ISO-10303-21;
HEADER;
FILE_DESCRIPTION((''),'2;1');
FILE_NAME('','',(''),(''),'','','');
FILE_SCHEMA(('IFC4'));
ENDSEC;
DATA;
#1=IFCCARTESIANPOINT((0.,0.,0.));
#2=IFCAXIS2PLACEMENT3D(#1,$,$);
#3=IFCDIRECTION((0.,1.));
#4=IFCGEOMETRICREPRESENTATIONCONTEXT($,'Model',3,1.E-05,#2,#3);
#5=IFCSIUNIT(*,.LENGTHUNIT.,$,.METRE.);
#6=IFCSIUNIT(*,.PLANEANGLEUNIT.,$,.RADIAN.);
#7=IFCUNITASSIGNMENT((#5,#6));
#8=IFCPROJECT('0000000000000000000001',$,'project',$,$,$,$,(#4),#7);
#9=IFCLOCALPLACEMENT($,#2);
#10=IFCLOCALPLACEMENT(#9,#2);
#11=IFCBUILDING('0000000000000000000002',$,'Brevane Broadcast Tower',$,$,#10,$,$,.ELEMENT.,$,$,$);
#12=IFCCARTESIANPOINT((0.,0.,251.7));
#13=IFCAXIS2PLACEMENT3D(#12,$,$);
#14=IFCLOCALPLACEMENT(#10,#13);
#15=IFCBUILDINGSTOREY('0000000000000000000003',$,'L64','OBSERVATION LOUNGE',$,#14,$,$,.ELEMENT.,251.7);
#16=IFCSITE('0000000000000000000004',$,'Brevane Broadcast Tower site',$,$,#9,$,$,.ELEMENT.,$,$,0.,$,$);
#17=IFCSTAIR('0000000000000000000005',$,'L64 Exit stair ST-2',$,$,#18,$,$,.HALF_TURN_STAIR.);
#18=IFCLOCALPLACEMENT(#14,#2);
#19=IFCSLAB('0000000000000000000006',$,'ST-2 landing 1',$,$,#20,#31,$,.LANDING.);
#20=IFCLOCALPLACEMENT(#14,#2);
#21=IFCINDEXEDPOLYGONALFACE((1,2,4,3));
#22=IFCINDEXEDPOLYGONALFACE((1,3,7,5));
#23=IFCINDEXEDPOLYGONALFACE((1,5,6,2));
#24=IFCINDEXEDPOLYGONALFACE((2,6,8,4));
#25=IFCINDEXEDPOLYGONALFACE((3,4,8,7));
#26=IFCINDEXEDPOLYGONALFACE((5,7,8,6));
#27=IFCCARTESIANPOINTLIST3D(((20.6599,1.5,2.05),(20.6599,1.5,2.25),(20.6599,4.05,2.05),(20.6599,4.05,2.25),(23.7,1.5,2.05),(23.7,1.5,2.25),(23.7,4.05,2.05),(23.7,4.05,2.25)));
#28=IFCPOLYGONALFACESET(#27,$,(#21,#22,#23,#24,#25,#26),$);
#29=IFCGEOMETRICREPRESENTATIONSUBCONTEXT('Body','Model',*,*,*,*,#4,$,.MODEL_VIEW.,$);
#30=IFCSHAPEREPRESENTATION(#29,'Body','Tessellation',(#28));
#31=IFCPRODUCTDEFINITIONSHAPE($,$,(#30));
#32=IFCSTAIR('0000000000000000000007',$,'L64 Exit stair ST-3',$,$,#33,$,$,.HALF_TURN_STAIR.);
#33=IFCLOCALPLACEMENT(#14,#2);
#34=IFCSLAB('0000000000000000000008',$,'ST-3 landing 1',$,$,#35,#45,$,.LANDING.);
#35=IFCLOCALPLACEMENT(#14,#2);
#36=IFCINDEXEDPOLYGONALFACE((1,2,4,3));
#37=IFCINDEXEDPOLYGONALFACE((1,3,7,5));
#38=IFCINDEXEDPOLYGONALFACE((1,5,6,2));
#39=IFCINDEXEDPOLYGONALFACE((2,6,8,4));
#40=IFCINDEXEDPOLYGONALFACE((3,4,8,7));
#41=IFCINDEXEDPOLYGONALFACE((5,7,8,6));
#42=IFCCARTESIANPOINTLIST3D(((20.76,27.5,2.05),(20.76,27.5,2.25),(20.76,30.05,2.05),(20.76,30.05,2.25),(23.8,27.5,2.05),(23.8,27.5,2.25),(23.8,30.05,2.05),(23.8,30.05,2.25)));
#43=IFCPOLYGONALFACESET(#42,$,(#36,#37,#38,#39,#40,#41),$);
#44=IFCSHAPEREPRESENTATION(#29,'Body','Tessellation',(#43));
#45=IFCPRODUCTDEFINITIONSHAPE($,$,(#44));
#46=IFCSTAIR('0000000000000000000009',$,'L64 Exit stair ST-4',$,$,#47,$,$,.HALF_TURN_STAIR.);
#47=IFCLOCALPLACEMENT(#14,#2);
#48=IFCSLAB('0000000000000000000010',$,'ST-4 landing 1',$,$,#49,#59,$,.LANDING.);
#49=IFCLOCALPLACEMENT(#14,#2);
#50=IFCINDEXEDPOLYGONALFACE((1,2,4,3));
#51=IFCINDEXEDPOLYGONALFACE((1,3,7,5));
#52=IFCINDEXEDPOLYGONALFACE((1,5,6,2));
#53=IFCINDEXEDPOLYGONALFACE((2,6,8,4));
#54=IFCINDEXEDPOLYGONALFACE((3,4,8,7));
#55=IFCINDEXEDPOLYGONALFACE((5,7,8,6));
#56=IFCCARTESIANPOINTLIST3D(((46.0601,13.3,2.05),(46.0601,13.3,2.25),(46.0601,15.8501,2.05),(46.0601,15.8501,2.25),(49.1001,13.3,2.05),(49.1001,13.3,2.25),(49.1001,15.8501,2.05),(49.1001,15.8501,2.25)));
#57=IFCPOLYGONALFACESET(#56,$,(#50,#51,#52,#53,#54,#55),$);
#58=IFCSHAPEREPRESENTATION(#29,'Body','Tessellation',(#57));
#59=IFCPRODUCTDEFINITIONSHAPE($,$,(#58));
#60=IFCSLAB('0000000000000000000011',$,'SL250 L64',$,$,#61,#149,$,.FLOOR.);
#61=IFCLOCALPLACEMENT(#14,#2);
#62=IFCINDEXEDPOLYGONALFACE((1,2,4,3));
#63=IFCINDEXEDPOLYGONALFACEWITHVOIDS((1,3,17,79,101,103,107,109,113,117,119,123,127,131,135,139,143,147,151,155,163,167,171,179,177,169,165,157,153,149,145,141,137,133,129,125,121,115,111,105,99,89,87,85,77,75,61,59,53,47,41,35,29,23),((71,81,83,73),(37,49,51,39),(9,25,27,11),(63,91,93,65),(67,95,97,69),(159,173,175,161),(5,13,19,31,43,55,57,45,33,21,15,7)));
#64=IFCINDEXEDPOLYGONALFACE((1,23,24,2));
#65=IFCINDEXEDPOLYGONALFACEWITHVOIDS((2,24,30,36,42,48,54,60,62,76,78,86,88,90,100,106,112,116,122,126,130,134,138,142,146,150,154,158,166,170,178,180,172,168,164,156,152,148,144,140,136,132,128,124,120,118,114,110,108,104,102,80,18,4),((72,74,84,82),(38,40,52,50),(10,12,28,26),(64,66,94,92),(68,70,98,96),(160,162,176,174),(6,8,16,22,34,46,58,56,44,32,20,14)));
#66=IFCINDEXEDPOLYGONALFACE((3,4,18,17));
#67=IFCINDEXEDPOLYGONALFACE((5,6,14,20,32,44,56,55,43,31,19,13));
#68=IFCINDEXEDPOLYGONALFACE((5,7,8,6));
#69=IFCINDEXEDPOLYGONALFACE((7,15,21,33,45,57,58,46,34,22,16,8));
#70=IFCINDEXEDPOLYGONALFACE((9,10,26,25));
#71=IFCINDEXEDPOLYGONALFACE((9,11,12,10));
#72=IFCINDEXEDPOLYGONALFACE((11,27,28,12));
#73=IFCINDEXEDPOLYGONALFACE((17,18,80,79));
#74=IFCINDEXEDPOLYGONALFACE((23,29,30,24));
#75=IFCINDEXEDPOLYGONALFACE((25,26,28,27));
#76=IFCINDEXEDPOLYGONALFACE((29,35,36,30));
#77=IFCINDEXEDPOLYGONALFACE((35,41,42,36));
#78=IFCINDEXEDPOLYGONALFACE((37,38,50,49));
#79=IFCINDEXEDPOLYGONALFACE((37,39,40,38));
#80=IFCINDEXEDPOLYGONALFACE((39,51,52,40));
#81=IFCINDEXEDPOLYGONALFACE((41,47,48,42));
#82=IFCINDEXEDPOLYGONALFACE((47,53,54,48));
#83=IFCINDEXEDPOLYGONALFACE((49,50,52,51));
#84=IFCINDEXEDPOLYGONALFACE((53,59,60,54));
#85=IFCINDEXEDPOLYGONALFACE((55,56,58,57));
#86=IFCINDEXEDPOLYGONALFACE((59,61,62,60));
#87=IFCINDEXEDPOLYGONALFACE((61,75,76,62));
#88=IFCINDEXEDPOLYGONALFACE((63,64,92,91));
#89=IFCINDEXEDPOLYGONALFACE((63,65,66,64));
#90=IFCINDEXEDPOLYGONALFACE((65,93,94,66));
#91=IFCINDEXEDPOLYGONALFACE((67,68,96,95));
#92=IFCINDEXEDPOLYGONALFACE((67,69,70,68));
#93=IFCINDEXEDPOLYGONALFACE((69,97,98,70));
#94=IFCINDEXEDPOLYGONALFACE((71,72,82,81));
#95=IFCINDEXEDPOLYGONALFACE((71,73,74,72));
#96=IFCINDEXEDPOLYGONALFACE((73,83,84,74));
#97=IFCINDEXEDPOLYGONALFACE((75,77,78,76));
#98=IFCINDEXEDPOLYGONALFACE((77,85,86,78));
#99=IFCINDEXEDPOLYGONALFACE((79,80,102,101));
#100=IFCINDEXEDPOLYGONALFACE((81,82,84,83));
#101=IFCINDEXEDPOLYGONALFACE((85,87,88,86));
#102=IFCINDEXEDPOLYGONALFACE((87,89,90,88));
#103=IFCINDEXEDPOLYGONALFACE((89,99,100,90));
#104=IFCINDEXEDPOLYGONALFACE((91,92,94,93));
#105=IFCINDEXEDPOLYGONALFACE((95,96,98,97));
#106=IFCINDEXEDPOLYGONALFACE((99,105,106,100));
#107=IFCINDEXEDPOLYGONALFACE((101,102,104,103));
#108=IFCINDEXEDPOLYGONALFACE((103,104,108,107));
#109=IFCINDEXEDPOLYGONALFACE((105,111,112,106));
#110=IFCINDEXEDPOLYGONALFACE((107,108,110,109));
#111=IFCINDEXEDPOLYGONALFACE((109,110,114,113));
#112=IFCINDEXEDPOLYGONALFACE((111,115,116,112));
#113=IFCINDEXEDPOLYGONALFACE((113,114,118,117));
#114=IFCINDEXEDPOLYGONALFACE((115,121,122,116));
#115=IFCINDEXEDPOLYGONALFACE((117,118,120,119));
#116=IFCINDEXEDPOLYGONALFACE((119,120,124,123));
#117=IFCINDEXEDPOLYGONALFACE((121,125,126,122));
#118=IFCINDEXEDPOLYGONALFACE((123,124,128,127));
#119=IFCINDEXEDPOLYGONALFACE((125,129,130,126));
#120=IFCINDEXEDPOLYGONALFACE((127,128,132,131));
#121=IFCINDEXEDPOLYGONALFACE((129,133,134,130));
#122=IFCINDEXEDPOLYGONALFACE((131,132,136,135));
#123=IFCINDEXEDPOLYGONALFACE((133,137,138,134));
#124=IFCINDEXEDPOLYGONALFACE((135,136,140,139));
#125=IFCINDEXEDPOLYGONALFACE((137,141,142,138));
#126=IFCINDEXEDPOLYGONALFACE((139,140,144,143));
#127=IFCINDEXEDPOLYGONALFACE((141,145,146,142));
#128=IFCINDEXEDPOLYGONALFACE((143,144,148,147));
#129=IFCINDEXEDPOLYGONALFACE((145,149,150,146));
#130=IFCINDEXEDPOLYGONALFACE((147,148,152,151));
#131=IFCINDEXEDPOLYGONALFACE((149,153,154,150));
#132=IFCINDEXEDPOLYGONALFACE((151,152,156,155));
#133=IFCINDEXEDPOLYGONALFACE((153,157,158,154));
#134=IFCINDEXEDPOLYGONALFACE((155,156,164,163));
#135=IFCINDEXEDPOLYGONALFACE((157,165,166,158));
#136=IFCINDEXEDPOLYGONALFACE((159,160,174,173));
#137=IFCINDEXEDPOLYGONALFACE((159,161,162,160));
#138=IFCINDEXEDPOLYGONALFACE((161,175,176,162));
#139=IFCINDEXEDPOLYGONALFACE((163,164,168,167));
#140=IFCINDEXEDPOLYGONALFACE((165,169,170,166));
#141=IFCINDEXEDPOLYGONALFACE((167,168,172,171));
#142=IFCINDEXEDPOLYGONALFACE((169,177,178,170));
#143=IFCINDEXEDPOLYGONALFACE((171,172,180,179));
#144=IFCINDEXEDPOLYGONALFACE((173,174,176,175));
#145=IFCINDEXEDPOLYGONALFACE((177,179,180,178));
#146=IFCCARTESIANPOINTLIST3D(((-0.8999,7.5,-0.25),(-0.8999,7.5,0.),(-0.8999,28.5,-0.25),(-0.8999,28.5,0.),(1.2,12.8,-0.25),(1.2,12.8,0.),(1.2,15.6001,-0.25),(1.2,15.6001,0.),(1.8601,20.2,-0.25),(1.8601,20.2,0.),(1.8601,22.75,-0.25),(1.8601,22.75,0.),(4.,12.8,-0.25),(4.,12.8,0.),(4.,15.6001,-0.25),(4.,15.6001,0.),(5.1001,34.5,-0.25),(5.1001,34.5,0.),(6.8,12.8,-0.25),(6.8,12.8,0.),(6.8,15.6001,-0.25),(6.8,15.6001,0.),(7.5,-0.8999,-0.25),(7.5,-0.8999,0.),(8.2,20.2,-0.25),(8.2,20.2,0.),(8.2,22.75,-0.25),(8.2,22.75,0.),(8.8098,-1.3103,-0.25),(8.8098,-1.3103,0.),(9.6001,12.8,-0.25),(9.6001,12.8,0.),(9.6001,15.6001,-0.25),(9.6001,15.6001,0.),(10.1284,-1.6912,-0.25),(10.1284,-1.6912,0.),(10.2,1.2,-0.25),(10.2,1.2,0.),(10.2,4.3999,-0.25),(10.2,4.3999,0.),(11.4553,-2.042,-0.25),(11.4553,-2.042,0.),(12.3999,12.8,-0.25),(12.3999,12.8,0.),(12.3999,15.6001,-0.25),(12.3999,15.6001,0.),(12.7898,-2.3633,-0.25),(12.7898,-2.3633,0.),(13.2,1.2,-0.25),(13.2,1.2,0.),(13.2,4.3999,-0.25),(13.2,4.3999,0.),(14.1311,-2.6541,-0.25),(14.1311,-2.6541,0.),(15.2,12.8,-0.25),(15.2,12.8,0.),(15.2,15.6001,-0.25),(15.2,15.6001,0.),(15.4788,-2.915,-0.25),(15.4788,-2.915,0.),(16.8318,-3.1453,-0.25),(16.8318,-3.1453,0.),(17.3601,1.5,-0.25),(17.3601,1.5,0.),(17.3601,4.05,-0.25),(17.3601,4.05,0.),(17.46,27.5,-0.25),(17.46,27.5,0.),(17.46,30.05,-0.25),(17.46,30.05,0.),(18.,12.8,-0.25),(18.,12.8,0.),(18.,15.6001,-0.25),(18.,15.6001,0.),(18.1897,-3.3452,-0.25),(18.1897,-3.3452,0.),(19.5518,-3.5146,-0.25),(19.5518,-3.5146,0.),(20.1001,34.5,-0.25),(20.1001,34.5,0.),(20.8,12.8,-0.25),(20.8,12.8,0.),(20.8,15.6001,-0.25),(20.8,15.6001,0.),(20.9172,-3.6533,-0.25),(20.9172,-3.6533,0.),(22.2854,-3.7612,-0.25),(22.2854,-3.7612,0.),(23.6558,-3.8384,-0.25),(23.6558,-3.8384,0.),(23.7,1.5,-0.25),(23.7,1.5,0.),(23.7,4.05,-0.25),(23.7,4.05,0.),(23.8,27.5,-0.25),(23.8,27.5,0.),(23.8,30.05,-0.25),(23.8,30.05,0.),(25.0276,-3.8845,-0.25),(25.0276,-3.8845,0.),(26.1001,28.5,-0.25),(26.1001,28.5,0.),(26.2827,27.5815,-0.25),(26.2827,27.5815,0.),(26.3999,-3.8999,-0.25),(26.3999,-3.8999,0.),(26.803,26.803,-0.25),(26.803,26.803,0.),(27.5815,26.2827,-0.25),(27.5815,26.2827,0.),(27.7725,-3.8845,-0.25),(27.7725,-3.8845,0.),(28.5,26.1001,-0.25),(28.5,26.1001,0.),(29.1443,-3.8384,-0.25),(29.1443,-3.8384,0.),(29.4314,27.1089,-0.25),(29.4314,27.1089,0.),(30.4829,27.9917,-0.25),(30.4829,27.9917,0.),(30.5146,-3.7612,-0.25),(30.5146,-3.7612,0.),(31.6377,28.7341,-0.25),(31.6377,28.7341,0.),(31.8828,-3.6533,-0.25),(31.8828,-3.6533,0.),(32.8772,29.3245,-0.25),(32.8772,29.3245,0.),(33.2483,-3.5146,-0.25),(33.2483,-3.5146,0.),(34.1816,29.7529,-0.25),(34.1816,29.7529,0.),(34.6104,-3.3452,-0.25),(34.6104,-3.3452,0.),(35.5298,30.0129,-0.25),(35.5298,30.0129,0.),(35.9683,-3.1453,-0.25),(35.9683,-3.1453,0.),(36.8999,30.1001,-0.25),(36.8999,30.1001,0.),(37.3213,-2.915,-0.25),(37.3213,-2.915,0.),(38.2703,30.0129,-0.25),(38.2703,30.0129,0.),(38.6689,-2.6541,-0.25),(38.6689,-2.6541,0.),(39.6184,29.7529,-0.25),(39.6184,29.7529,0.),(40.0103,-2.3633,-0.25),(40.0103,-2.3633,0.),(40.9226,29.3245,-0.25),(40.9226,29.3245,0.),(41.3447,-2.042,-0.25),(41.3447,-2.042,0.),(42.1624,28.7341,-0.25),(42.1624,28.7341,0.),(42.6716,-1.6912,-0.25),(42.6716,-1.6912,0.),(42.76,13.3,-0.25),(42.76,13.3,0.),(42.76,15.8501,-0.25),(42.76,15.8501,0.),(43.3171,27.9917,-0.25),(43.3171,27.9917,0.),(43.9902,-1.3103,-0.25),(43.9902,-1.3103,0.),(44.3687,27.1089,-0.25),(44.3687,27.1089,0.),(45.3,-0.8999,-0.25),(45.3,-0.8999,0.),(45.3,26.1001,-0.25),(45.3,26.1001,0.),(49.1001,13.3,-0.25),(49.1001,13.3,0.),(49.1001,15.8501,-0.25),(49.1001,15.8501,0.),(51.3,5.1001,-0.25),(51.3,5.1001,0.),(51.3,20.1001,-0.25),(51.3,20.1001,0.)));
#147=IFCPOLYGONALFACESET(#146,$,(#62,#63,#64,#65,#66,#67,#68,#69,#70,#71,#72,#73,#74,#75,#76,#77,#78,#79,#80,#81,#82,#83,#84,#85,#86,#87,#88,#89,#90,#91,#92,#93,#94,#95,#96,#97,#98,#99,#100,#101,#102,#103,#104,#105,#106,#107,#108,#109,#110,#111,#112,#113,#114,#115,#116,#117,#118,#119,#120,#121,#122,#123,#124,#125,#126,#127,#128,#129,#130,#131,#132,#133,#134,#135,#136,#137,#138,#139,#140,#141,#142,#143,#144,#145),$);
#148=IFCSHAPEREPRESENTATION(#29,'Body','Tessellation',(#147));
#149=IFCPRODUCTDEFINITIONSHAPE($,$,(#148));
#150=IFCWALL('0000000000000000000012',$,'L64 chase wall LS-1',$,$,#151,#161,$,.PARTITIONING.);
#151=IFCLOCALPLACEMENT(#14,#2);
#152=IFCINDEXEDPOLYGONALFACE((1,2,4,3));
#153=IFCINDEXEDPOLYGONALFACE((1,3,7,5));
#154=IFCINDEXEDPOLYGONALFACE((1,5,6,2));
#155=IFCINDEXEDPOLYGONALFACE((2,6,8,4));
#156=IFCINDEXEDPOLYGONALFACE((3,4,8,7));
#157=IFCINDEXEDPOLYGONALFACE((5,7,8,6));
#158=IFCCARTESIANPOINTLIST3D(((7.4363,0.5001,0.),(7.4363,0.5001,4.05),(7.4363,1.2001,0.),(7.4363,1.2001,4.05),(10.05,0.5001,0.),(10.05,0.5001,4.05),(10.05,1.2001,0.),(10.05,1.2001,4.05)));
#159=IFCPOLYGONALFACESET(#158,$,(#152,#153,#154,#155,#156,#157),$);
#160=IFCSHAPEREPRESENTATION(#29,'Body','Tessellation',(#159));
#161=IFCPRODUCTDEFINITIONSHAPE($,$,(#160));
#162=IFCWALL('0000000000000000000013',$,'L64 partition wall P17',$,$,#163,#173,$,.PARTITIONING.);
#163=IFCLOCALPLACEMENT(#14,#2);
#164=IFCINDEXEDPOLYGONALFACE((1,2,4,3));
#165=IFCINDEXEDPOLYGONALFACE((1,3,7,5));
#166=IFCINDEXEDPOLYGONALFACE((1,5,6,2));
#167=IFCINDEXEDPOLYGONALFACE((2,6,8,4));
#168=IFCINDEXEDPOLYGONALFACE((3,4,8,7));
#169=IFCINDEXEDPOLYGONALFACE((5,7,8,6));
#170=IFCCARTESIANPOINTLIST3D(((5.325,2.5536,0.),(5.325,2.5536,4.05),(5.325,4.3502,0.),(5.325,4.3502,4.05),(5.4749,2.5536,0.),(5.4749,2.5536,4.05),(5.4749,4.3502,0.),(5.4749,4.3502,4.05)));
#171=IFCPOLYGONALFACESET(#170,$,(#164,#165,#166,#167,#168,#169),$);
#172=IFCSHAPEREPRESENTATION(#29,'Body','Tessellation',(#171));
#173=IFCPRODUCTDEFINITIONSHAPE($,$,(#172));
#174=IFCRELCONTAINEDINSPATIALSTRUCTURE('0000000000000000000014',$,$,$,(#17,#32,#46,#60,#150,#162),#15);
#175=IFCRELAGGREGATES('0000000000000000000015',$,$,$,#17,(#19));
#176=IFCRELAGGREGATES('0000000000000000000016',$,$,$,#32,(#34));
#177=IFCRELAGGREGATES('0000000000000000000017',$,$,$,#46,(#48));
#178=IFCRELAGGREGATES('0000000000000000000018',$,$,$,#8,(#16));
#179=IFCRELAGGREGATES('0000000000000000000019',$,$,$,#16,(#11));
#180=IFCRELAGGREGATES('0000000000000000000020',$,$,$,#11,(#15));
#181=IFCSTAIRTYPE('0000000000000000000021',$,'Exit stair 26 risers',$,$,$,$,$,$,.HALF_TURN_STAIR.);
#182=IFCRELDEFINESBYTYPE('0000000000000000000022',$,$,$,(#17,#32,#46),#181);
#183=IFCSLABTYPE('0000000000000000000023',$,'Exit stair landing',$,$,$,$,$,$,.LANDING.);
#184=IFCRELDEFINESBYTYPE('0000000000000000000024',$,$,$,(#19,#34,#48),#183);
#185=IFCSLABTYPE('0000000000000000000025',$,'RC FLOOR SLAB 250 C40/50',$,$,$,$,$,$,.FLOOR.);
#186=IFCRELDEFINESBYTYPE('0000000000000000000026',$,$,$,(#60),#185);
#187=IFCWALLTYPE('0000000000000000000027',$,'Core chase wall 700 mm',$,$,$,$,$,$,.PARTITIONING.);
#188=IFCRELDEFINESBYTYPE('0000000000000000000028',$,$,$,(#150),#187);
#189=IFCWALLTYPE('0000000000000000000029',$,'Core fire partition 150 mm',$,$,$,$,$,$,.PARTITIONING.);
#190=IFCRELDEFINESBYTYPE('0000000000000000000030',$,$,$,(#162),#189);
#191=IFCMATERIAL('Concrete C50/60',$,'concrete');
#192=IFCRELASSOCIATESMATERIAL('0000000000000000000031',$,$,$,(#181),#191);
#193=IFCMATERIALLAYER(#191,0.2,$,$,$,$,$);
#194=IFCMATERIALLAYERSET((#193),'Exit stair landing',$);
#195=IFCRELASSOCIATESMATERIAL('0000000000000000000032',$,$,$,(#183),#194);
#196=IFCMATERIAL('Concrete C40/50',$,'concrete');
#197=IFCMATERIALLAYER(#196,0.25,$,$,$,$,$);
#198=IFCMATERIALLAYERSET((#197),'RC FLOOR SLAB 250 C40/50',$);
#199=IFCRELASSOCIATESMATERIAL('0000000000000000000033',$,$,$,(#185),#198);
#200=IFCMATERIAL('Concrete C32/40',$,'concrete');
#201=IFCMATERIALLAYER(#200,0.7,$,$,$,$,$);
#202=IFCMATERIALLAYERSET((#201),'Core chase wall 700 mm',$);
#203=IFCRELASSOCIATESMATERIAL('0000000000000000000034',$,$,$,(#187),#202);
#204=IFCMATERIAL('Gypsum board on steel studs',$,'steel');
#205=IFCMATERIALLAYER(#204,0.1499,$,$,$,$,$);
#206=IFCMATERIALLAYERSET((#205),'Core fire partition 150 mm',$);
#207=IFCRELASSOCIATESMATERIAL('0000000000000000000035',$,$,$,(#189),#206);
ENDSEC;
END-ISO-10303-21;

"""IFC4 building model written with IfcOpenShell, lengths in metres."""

from ifc_helpers import new_model, si_unit, direction, frame, frame_2d, origin, place, context, subcontext, project, spatial, polyline, rectangle, outline, extrude, material, layer, layer_set, type_object, element, aggregate, save


model = new_model("IFC4")

# Units and contexts
model_context = context("Model", 3, precision=1e-05, world=origin(), true_north=direction((0.0, 1.0)))
body_context = subcontext(model_context, "Body", "Model", "MODEL_VIEW")
ifc_project = project(units=[si_unit("LENGTHUNIT", "METRE"), si_unit("PLANEANGLEUNIT", "RADIAN")], contexts=[model_context])

# Site, building, storey
site_placement = place(None, origin())
site = spatial("IfcSite", under=ifc_project, at=site_placement, Name="Brevane Broadcast Tower site", CompositionType="ELEMENT", RefElevation=0.0)
building_placement = place(site_placement, origin())
building = spatial("IfcBuilding", under=site, at=building_placement, Name="Brevane Broadcast Tower", CompositionType="ELEMENT")
storey_placement = place(building_placement, frame((0.0, 0.0, 251.7)))
storey = spatial("IfcBuildingStorey", under=building, at=storey_placement, Name="L64", Description="OBSERVATION LOUNGE", CompositionType="ELEMENT", Elevation=251.7)

# Stairs, slabs
ifc_material_1 = material(Name="Concrete C50/60", Category="concrete")
stair_type = type_object("IfcStairType", Name="Exit stair 26 risers", PredefinedType="HALF_TURN_STAIR", material=ifc_material_1)
ifc_layer_1 = layer(ifc_material_1, 0.2)
ifc_layer_set_1 = layer_set([ifc_layer_1], Name="Exit stair landing")
slab_type_1 = type_object("IfcSlabType", Name="Exit stair landing", PredefinedType="LANDING", material=ifc_layer_set_1)
stair_1_placement = place(storey_placement, origin())
stair_1 = element("IfcStair", 1, at=stair_1_placement, inside=storey, type_object=stair_type, Name="L64 Exit stair ST-2", PredefinedType="HALF_TURN_STAIR")
slab_1_placement = place(storey_placement, frame((0.0, 0.0, 2.05)))
slab_1 = element("IfcSlab", 2, at=slab_1_placement, type_object=slab_type_1, Name="ST-2 landing 1", PredefinedType="LANDING", context=body_context, shape_type="SweptSolid", body=[
    extrude(outline(polyline([(20.6599, 1.5), (23.7, 1.5), (23.7, 4.05), (20.6599, 4.05), (20.6599, 1.5)])), origin(), (0.0, 0.0, 1.0), 0.2),
])
aggregate(stair_1, [slab_1])
stair_2_placement = place(storey_placement, origin())
stair_2 = element("IfcStair", 3, at=stair_2_placement, inside=storey, type_object=stair_type, Name="L64 Exit stair ST-3", PredefinedType="HALF_TURN_STAIR")
slab_2_placement = place(storey_placement, frame((0.0, 0.0, 2.05)))
slab_2 = element("IfcSlab", 4, at=slab_2_placement, type_object=slab_type_1, Name="ST-3 landing 1", PredefinedType="LANDING", context=body_context, shape_type="SweptSolid", body=[
    extrude(outline(polyline([(20.76, 27.5), (23.8, 27.5), (23.8, 30.05), (20.76, 30.05), (20.76, 27.5)])), origin(), (0.0, 0.0, 1.0), 0.2),
])
aggregate(stair_2, [slab_2])
stair_3_placement = place(storey_placement, origin())
stair_3 = element("IfcStair", 5, at=stair_3_placement, inside=storey, type_object=stair_type, Name="L64 Exit stair ST-4", PredefinedType="HALF_TURN_STAIR")
slab_3_placement = place(storey_placement, frame((0.0, 0.0, 2.05)))
slab_3 = element("IfcSlab", 6, at=slab_3_placement, type_object=slab_type_1, Name="ST-4 landing 1", PredefinedType="LANDING", context=body_context, shape_type="SweptSolid", body=[
    extrude(outline(polyline([(46.0601, 13.3), (49.1001, 13.3), (49.1001, 15.8501), (46.0601, 15.8501), (46.0601, 13.3)])), origin(), (0.0, 0.0, 1.0), 0.2),
])
aggregate(stair_3, [slab_3])

# Slab
ifc_material_2 = material(Name="Concrete C40/50", Category="concrete")
ifc_layer_2 = layer(ifc_material_2, 0.25)
ifc_layer_set_2 = layer_set([ifc_layer_2], Name="RC FLOOR SLAB 250 C40/50")
slab_type_2 = type_object("IfcSlabType", Name="RC FLOOR SLAB 250 C40/50", PredefinedType="FLOOR", material=ifc_layer_set_2)
slab_4_placement = place(storey_placement, frame((0.0, 0.0, -0.25)))
element("IfcSlab", 7, at=slab_4_placement, inside=storey, type_object=slab_type_2, Name="SL250 L64", PredefinedType="FLOOR", context=body_context, shape_type="SweptSolid", body=[
    extrude(outline(polyline([(-0.8999, 7.5), (-0.8999, 28.5), (5.1001, 34.5), (20.1001, 34.5), (26.1001, 28.5), (26.2827, 27.5815), (26.803, 26.803), (27.5815, 26.2827), (28.5, 26.1001), (29.4314, 27.1089), (30.4829, 27.9917), (31.6377, 28.7341), (32.8772, 29.3245), (34.1816, 29.7529), (35.5298, 30.0129), (36.8999, 30.1001), (38.2703, 30.0129), (39.6184, 29.7529), (40.9226, 29.3245), (42.1624, 28.7341), (43.3171, 27.9917), (44.3687, 27.1089), (45.3, 26.1001), (51.3, 20.1001), (51.3, 5.1001), (45.3, -0.8999), (43.9902, -1.3103), (42.6716, -1.6912), (41.3447, -2.042), (40.0103, -2.3633), (38.6689, -2.6541), (37.3213, -2.915), (35.9683, -3.1453), (34.6104, -3.3452), (33.2483, -3.5146), (31.8828, -3.6533), (30.5146, -3.7612), (29.1443, -3.8384), (27.7725, -3.8845), (26.3999, -3.8999), (25.0276, -3.8845), (23.6558, -3.8384), (22.2854, -3.7612), (20.9172, -3.6533), (19.5518, -3.5146), (18.1897, -3.3452), (16.8318, -3.1453), (15.4788, -2.915), (14.1311, -2.6541), (12.7898, -2.3633), (11.4553, -2.042), (10.1284, -1.6912), (8.8098, -1.3103), (7.5, -0.8999), (-0.8999, 7.5)]), holes=[polyline([(13.2, 4.3999), (10.2, 4.3999), (10.2, 1.2), (13.2, 1.2), (13.2, 4.3999)]), polyline([(4.0, 15.6001), (1.2, 15.6001), (1.2, 12.8), (4.0, 12.8), (6.8, 12.8), (9.6001, 12.8), (12.3999, 12.8), (15.2, 12.8), (15.2, 15.6001), (12.3999, 15.6001), (9.6001, 15.6001), (6.8, 15.6001), (4.0, 15.6001)]), polyline([(1.8601, 22.75), (1.8601, 20.2), (8.2, 20.2), (8.2, 22.75), (1.8601, 22.75)]), polyline([(23.7, 4.05), (17.3601, 4.05), (17.3601, 1.5), (23.7, 1.5), (23.7, 4.05)]), polyline([(20.8, 15.6001), (18.0, 15.6001), (18.0, 12.8), (20.8, 12.8), (20.8, 15.6001)]), polyline([(49.1001, 15.8501), (42.76, 15.8501), (42.76, 13.3), (49.1001, 13.3), (49.1001, 15.8501)]), polyline([(23.8, 30.05), (17.46, 30.05), (17.46, 27.5), (23.8, 27.5), (23.8, 30.05)])]), origin(), (0.0, 0.0, 1.0), 0.25),
])

# Walls
ifc_material_3 = material(Name="Concrete C32/40", Category="concrete")
ifc_layer_3 = layer(ifc_material_3, 0.7)
ifc_layer_set_3 = layer_set([ifc_layer_3], Name="Core chase wall 700 mm")
wall_type_1 = type_object("IfcWallType", Name="Core chase wall 700 mm", PredefinedType="PARTITIONING", material=ifc_layer_set_3)
wall_1_placement = place(storey_placement, frame((7.4363, 0.8501, 0.0), z_axis=(0.0, 0.0, 1.0), x_axis=(1.0, 0.0, 0.0)))
element("IfcWall", 8, at=wall_1_placement, inside=storey, type_object=wall_type_1, Name="L64 chase wall LS-1", PredefinedType="PARTITIONING", context=body_context, shape_type="SweptSolid", body=[
    extrude(rectangle(XDim=2.6138, YDim=0.7, at=frame_2d((1.3069, 0.0))), origin(), (0.0, 0.0, 1.0), 4.05),
])
ifc_material_4 = material(Name="Gypsum board on steel studs", Category="steel")
ifc_layer_4 = layer(ifc_material_4, 0.1499)
ifc_layer_set_4 = layer_set([ifc_layer_4], Name="Core fire partition 150 mm")
wall_type_2 = type_object("IfcWallType", Name="Core fire partition 150 mm", PredefinedType="PARTITIONING", material=ifc_layer_set_4)
wall_2_placement = place(storey_placement, frame((5.3999, 2.5535, 0.0), z_axis=(0.0, 0.0, 1.0), x_axis=(0.0, 1.0, 0.0)))
element("IfcWall", 9, at=wall_2_placement, inside=storey, type_object=wall_type_2, Name="L64 partition wall P17", PredefinedType="PARTITIONING", context=body_context, shape_type="SweptSolid", body=[
    extrude(rectangle(XDim=1.7966, YDim=0.1499, at=frame_2d((0.8984, 0.0))), origin(), (0.0, 0.0, 1.0), 4.05),
])

save(model, "model.ifc")
